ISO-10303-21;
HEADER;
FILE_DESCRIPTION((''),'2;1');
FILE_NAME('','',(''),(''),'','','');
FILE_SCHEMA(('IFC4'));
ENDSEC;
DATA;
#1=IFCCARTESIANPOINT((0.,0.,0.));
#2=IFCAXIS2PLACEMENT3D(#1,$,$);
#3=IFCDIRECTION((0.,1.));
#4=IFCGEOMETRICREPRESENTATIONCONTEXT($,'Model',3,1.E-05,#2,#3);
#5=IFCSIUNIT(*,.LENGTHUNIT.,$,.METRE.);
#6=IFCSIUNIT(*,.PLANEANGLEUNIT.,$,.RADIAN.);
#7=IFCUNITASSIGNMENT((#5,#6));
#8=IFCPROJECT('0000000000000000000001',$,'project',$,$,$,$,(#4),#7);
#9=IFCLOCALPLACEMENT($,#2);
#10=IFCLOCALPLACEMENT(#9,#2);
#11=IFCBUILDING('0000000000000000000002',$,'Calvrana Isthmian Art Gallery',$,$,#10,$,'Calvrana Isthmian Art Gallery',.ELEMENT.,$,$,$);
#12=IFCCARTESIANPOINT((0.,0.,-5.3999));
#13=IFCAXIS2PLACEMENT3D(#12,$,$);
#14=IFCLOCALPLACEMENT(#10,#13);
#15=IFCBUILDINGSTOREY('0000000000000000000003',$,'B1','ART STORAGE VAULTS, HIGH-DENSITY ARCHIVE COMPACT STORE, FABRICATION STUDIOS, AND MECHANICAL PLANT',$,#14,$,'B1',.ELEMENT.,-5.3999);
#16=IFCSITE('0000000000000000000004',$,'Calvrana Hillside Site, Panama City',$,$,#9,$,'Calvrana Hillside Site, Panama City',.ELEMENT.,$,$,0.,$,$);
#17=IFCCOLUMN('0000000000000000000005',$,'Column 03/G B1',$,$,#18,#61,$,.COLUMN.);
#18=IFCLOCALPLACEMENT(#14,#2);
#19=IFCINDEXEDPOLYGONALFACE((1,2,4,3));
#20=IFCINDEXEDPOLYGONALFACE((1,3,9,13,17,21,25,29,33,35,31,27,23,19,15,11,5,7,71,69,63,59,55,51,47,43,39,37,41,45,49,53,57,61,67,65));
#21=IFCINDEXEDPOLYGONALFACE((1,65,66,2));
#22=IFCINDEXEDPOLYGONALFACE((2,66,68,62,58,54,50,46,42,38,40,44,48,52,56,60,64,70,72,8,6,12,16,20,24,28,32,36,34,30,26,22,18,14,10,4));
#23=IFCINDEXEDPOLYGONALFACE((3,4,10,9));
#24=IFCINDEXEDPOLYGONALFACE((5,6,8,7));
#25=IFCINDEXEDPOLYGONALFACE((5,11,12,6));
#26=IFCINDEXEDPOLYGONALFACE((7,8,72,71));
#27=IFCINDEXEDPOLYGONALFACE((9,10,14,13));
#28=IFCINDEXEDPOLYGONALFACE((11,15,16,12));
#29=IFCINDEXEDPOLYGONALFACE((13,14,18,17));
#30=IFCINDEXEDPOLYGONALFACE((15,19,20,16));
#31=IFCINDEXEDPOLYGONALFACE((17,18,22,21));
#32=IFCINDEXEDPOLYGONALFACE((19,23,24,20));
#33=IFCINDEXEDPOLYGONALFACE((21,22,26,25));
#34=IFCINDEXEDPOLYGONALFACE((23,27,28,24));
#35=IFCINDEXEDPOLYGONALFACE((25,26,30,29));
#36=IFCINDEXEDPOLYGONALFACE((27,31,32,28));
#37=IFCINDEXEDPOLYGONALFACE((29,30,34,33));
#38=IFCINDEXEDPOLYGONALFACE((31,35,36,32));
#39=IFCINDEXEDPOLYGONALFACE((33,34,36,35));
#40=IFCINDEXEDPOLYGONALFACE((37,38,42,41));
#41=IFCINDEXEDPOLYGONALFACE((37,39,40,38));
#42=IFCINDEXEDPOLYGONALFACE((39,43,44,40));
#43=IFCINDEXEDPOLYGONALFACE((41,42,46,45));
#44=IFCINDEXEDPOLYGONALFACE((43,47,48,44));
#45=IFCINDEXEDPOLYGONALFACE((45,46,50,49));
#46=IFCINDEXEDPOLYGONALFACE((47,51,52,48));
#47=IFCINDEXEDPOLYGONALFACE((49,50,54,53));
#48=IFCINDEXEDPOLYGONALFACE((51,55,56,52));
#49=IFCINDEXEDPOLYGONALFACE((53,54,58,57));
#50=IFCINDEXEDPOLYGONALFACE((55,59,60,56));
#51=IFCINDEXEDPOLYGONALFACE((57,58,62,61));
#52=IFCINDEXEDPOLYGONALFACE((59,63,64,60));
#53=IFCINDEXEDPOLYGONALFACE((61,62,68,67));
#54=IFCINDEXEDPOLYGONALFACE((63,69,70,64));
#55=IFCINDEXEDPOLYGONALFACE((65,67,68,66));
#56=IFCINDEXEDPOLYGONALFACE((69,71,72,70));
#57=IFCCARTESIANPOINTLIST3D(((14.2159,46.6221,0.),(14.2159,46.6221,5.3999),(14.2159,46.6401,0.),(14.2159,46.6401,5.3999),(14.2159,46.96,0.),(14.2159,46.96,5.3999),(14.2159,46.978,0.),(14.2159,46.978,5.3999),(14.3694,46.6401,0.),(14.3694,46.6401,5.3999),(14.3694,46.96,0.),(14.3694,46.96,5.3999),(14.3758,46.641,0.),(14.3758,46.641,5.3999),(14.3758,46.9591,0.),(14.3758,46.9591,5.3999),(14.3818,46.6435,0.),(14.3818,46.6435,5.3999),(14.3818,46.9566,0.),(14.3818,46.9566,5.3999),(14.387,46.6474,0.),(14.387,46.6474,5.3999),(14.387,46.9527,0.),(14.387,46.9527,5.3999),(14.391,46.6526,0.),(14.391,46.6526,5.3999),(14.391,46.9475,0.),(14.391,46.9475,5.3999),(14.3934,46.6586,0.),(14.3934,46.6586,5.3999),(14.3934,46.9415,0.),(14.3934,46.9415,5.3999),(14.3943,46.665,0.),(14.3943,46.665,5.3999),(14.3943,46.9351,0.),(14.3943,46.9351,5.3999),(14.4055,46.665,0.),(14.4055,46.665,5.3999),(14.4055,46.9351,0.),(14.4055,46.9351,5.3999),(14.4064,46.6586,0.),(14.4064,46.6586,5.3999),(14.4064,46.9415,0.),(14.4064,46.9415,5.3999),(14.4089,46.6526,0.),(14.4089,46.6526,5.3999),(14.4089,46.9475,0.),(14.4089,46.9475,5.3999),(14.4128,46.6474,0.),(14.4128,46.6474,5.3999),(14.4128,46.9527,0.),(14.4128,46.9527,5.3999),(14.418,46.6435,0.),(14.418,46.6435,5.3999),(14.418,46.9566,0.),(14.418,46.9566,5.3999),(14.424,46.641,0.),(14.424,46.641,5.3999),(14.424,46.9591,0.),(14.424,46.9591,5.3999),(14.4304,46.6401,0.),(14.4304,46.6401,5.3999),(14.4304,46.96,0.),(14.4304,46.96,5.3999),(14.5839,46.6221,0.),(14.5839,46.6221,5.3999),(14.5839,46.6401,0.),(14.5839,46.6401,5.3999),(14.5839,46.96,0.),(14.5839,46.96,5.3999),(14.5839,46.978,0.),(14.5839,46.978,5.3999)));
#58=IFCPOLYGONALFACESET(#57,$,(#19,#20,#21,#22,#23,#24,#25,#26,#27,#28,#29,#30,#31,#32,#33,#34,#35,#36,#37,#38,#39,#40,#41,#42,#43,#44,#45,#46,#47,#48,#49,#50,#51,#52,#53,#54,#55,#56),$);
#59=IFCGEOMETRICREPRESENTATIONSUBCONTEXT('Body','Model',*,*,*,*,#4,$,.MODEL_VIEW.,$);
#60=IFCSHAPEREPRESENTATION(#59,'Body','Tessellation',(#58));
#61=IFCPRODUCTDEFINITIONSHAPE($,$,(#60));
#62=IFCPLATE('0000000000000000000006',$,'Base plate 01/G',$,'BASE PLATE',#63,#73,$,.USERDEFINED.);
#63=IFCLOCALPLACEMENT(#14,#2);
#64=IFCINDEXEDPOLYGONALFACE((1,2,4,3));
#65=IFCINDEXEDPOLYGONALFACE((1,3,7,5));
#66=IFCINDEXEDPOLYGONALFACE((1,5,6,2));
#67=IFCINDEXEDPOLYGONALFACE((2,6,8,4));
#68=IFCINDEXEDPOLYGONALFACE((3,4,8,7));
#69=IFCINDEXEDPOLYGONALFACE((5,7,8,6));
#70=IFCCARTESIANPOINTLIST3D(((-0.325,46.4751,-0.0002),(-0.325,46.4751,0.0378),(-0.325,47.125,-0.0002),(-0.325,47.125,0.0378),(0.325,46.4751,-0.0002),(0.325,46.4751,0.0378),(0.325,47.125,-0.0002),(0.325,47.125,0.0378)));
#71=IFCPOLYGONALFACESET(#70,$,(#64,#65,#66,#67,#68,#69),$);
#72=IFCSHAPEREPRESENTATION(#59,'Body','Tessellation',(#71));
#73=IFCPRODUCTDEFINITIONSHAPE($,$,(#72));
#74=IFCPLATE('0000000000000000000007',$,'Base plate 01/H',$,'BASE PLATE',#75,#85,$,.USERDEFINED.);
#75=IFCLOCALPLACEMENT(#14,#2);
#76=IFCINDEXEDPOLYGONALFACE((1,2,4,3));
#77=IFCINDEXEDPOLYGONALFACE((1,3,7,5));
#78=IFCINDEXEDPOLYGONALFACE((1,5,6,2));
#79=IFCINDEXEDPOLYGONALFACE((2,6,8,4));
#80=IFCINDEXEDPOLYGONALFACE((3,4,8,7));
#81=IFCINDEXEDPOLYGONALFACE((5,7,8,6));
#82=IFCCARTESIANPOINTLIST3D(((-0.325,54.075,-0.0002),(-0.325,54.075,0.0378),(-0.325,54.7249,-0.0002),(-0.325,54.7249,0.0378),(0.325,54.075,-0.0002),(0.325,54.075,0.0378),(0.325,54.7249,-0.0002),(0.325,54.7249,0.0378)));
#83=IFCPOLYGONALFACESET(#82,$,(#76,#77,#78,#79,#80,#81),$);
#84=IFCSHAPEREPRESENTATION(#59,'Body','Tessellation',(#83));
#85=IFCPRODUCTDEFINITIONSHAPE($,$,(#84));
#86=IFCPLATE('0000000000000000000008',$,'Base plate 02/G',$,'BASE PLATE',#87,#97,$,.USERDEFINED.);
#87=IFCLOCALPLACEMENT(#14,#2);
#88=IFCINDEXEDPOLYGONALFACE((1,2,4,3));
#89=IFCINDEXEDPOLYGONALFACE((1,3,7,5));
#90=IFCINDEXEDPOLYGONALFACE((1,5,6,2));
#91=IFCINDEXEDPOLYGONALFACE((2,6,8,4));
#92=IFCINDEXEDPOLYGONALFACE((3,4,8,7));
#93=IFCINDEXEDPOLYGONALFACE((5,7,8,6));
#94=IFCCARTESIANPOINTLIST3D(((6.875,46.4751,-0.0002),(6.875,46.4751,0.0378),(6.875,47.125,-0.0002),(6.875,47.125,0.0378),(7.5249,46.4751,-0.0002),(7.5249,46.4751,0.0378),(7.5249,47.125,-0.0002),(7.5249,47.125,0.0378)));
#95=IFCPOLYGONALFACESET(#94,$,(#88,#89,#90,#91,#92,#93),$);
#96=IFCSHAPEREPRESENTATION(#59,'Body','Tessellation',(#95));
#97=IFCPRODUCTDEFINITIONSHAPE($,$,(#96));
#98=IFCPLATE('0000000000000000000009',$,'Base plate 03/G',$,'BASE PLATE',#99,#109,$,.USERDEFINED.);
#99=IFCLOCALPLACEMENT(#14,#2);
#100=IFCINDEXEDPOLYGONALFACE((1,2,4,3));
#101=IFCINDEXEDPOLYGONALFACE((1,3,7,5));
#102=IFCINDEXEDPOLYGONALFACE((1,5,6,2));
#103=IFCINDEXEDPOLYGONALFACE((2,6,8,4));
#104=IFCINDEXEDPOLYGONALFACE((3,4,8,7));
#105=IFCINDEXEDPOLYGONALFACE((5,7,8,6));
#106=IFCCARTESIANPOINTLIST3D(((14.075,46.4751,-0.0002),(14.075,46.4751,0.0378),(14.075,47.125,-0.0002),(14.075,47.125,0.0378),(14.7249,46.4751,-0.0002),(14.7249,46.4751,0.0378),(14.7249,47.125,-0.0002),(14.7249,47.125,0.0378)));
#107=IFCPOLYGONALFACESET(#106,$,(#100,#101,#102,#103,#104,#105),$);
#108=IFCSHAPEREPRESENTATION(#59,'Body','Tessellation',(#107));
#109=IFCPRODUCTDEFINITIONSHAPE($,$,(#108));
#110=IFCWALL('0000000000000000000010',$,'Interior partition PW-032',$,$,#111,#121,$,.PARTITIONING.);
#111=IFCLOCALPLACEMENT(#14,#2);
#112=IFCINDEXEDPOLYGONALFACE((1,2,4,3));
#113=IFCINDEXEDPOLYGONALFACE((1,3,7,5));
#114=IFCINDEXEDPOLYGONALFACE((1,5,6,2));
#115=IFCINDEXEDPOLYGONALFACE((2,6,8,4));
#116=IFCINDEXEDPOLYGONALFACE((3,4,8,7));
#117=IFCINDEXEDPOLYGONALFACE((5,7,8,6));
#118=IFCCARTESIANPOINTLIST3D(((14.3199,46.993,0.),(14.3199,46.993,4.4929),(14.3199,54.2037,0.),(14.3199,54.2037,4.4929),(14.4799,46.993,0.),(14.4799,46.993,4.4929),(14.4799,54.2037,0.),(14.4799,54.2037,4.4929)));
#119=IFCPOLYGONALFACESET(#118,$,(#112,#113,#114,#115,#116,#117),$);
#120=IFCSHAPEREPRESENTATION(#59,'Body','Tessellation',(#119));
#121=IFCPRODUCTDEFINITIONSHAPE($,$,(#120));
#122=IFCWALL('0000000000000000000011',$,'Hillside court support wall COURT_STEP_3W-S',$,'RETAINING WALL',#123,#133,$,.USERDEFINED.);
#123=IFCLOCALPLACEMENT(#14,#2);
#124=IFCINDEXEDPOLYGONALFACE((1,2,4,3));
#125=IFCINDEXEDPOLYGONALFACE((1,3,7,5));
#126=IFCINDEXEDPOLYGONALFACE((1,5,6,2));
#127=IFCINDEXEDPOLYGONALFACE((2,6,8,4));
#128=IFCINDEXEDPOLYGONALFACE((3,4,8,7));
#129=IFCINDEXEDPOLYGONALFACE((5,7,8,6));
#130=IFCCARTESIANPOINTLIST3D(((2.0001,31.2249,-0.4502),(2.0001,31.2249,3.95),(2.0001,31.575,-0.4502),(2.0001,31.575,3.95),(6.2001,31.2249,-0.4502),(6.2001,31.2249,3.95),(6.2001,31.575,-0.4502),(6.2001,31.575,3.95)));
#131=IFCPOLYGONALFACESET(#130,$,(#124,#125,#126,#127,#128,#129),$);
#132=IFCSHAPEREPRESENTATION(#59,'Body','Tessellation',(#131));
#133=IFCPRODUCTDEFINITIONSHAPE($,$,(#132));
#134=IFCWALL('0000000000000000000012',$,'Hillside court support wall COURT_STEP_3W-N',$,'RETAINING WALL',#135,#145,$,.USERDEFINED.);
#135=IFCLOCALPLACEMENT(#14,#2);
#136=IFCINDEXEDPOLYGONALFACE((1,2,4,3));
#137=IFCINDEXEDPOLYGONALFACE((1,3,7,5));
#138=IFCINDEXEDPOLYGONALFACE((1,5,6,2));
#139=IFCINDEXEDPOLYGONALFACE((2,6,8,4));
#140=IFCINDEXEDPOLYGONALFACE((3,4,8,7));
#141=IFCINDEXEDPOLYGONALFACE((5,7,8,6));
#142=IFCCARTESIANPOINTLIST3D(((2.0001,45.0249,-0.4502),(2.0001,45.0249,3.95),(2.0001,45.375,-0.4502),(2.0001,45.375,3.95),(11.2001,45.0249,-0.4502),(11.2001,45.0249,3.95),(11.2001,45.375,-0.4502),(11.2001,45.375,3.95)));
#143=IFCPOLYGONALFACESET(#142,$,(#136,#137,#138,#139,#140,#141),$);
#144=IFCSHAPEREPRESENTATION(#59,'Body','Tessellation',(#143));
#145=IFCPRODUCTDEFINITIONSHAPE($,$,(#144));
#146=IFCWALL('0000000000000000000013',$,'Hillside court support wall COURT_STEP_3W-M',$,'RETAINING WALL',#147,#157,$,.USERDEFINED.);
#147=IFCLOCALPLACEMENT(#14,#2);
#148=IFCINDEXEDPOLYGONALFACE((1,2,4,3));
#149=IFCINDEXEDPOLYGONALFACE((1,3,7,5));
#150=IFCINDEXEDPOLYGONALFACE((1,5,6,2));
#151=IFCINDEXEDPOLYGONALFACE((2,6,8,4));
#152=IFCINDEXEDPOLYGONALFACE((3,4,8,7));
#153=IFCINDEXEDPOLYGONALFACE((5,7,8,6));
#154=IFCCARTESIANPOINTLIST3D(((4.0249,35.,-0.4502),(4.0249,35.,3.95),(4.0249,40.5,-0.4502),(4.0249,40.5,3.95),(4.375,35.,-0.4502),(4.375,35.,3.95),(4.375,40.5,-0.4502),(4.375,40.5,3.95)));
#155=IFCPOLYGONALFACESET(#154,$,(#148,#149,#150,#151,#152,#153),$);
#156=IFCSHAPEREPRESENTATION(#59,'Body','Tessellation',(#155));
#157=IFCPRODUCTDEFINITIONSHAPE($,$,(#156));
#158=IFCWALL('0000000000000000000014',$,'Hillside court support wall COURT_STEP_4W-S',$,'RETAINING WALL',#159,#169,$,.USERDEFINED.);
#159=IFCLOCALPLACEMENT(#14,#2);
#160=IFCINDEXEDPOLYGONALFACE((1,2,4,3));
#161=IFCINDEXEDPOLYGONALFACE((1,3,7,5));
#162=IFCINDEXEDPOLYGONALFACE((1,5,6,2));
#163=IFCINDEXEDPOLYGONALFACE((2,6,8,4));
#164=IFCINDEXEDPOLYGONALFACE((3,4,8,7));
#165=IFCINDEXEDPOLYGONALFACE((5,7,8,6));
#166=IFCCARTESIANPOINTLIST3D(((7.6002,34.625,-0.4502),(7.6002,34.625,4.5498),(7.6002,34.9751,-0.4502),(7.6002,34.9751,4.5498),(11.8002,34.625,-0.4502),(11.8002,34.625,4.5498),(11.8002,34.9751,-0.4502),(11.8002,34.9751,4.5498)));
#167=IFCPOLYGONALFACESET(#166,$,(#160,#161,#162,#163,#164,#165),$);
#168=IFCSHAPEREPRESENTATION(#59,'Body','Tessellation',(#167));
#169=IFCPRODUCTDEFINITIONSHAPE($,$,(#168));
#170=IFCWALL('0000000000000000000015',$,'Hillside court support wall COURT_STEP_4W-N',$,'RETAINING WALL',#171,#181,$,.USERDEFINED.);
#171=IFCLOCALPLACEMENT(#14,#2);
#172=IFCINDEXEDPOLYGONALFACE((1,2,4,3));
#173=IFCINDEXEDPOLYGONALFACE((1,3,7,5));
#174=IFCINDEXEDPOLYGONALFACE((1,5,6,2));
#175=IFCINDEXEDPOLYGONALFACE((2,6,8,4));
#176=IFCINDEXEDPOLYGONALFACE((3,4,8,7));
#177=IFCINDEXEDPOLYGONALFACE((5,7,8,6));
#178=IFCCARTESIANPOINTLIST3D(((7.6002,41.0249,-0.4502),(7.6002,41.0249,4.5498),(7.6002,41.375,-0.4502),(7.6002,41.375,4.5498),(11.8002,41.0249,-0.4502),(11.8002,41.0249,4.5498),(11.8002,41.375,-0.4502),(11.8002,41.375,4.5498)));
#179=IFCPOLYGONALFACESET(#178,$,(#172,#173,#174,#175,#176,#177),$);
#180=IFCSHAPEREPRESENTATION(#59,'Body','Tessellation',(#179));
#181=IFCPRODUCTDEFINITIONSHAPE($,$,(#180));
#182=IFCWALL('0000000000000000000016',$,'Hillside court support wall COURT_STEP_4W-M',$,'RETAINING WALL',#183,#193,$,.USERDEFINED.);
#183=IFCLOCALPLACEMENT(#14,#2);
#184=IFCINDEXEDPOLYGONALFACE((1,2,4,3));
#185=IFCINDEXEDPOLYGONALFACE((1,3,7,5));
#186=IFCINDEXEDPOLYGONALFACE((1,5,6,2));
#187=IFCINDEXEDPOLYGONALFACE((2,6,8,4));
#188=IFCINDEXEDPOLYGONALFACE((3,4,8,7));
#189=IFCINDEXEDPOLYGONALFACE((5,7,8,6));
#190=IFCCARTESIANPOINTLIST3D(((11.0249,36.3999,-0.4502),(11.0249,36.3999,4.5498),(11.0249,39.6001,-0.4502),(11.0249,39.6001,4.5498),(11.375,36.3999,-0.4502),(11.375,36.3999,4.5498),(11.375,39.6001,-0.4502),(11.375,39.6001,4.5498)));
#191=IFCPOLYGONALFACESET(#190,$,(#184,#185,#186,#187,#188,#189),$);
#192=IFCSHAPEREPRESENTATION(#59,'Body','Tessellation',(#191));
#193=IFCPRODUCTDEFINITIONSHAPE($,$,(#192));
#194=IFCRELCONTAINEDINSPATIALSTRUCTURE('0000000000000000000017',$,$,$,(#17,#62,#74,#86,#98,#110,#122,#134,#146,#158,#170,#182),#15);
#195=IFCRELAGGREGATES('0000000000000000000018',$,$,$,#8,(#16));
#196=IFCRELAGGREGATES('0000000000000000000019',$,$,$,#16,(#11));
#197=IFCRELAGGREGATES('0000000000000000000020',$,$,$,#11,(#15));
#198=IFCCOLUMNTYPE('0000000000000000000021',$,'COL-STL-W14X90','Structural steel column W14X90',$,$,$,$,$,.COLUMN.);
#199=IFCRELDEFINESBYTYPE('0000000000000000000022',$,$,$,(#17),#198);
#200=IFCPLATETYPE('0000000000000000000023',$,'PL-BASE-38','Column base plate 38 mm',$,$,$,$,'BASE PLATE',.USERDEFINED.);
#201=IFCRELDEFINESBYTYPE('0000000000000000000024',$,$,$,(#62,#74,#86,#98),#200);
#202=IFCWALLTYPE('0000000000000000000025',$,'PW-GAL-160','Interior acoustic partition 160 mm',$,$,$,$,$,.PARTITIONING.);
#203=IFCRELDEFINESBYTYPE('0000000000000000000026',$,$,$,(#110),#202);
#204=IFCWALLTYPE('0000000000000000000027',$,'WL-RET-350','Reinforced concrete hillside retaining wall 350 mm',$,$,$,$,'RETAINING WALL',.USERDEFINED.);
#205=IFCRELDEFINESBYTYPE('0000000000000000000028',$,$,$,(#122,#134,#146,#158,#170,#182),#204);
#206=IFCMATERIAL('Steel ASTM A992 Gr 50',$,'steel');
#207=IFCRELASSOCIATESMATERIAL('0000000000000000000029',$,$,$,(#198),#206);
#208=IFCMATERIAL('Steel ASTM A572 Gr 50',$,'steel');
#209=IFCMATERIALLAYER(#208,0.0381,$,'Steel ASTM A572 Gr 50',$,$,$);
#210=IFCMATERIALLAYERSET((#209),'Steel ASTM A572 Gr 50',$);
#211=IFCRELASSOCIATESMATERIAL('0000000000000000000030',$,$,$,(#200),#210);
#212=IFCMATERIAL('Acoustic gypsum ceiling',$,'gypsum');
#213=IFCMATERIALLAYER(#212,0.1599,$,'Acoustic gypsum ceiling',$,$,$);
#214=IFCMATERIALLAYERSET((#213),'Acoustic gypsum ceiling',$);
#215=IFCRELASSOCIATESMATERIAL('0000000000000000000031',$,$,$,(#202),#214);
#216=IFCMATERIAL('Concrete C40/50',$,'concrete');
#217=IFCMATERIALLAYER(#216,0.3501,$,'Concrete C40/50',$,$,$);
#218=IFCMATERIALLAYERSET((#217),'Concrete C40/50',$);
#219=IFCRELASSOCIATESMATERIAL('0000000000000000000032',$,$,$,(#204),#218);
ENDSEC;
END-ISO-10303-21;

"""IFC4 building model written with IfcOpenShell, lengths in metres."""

from ifc_helpers import new_model, si_unit, direction, frame, frame_2d, origin, origin_2d, place, context, subcontext, project, spatial, rectangle, i_section, extrude, material, layer, layer_set, material_profile, profile_set, type_object, element, save


model = new_model("IFC4")

# Units and contexts
model_context = context("Model", 3, precision=1e-05, world=origin(), true_north=direction((0.0, 1.0)))
body_context = subcontext(model_context, "Body", "Model", "MODEL_VIEW")
ifc_project = project(units=[si_unit("LENGTHUNIT", "METRE"), si_unit("PLANEANGLEUNIT", "RADIAN")], contexts=[model_context])

# Site, building, storey
site_placement = place(None, origin())
site = spatial("IfcSite", under=ifc_project, at=site_placement, Name="Calvrana Hillside Site, Panama City", LongName="Calvrana Hillside Site, Panama City", CompositionType="ELEMENT", RefElevation=0.0)
building_placement = place(site_placement, origin())
building = spatial("IfcBuilding", under=site, at=building_placement, Name="Calvrana Isthmian Art Gallery", LongName="Calvrana Isthmian Art Gallery", CompositionType="ELEMENT")
storey_placement = place(building_placement, frame((0.0, 0.0, -5.3999)))
storey = spatial("IfcBuildingStorey", under=building, at=storey_placement, Name="B1", Description="ART STORAGE VAULTS, HIGH-DENSITY ARCHIVE COMPACT STORE, FABRICATION STUDIOS, AND MECHANICAL PLANT", LongName="B1", CompositionType="ELEMENT", Elevation=-5.3999)

# Column
ifc_material_1 = material(Name="Steel ASTM A992 Gr 50", Category="steel")
ifc_material_profile_1 = material_profile(ifc_material_1, i_section(OverallWidth=0.3679, OverallDepth=0.356, WebThickness=0.0112, FlangeThickness=0.0181, FilletRadius=0.0249, at=origin_2d()), Name="W14X90")
ifc_profile_set_1 = profile_set([ifc_material_profile_1], Name="Steel ASTM A992 Gr 50")
column_type_1 = type_object("IfcColumnType", Name="COL-STL-W14X90", Description="Structural steel column W14X90", PredefinedType="COLUMN", material=ifc_profile_set_1)
column_1_placement = place(storey_placement, frame((14.3999, 46.8, 0.0), z_axis=(0.0, 0.0, 1.0), x_axis=(1.0, 0.0, 0.0)))
element("IfcColumn", 1, at=column_1_placement, inside=storey, type_object=column_type_1, Name="Column 03/G B1", PredefinedType="COLUMN", context=body_context, shape_type="SweptSolid", body=[
    extrude(i_section(OverallWidth=0.3679, OverallDepth=0.356, WebThickness=0.0112, FlangeThickness=0.0181, FilletRadius=0.0249, at=origin_2d()), origin(), (0.0, 0.0, 1.0), 5.3999),
])

# Plates
ifc_material_2 = material(Name="Steel ASTM A572 Gr 50", Category="steel")
ifc_layer_1 = layer(ifc_material_2, 0.0381, Name="Steel ASTM A572 Gr 50")
ifc_layer_set_1 = layer_set([ifc_layer_1], Name="Steel ASTM A572 Gr 50")
plate_type = type_object("IfcPlateType", Name="PL-BASE-38", Description="Column base plate 38 mm", ElementType="BASE PLATE", PredefinedType="USERDEFINED", material=ifc_layer_set_1)
for number, where, z_axis, x_axis, name in (
    (2, (0.0, 46.8, -0.0002), (0.0, 0.0, 1.0), (1.0, 0.0, 0.0), "Base plate 01/G"),
    (3, (0.0, 54.3999, -0.0002), (0.0, 0.0, 1.0), (1.0, 0.0, 0.0), "Base plate 01/H"),
    (4, (7.2, 46.8, -0.0002), (0.0, 0.0, 1.0), (1.0, 0.0, 0.0), "Base plate 02/G"),
    (5, (14.3999, 46.8, -0.0002), (0.0, 0.0, 1.0), (1.0, 0.0, 0.0), "Base plate 03/G"),
):
    element("IfcPlate", number, at=place(storey_placement, frame(where, z_axis=z_axis, x_axis=x_axis)), inside=storey, type_object=plate_type, Name=name, ObjectType="BASE PLATE", PredefinedType="USERDEFINED", context=body_context, shape_type="SweptSolid", body=[
        extrude(rectangle(XDim=0.6499, YDim=0.6499, at=origin_2d()), origin(), (0.0, 0.0, 1.0), 0.0381),
    ])

# Walls
ifc_material_3 = material(Name="Acoustic gypsum ceiling", Category="gypsum")
ifc_layer_2 = layer(ifc_material_3, 0.1599, Name="Acoustic gypsum ceiling")
ifc_layer_set_2 = layer_set([ifc_layer_2], Name="Acoustic gypsum ceiling")
wall_type_1 = type_object("IfcWallType", Name="PW-GAL-160", Description="Interior acoustic partition 160 mm", PredefinedType="PARTITIONING", material=ifc_layer_set_2)
wall_1_placement = place(storey_placement, frame((14.3999, 46.9929, 0.0), z_axis=(0.0, 0.0, 1.0), x_axis=(0.0, 1.0, 0.0)))
element("IfcWall", 6, at=wall_1_placement, inside=storey, type_object=wall_type_1, Name="Interior partition PW-032", PredefinedType="PARTITIONING", context=body_context, shape_type="SweptSolid", body=[
    extrude(rectangle(XDim=7.2107, YDim=0.1599, at=frame_2d((3.6055, 0.0))), origin(), (0.0, 0.0, 1.0), 4.4929),
])
ifc_material_4 = material(Name="Concrete C40/50", Category="concrete")
ifc_layer_3 = layer(ifc_material_4, 0.3501, Name="Concrete C40/50")
ifc_layer_set_3 = layer_set([ifc_layer_3], Name="Concrete C40/50")
wall_type_2 = type_object("IfcWallType", Name="WL-RET-350", Description="Reinforced concrete hillside retaining wall 350 mm", ElementType="RETAINING WALL", PredefinedType="USERDEFINED", material=ifc_layer_set_3)
wall_2_placement = place(storey_placement, frame((2.0, 31.3999, -0.4502), z_axis=(0.0, 0.0, 1.0), x_axis=(1.0, 0.0, 0.0)))
element("IfcWall", 7, at=wall_2_placement, inside=storey, type_object=wall_type_2, Name="Hillside court support wall COURT_STEP_3W-S", ObjectType="RETAINING WALL", PredefinedType="USERDEFINED", context=body_context, shape_type="SweptSolid", body=[
    extrude(rectangle(XDim=4.2, YDim=0.3501, at=frame_2d((2.1001, 0.0))), origin(), (0.0, 0.0, 1.0), 4.4001),
])
wall_3_placement = place(storey_placement, frame((2.0, 45.2, -0.4502), z_axis=(0.0, 0.0, 1.0), x_axis=(1.0, 0.0, 0.0)))
element("IfcWall", 8, at=wall_3_placement, inside=storey, type_object=wall_type_2, Name="Hillside court support wall COURT_STEP_3W-N", ObjectType="RETAINING WALL", PredefinedType="USERDEFINED", context=body_context, shape_type="SweptSolid", body=[
    extrude(rectangle(XDim=9.2, YDim=0.3501, at=frame_2d((4.6001, 0.0))), origin(), (0.0, 0.0, 1.0), 4.4001),
])
wall_4_placement = place(storey_placement, frame((4.2, 35.0, -0.4502), z_axis=(0.0, 0.0, 1.0), x_axis=(0.0, 1.0, 0.0)))
element("IfcWall", 9, at=wall_4_placement, inside=storey, type_object=wall_type_2, Name="Hillside court support wall COURT_STEP_3W-M", ObjectType="RETAINING WALL", PredefinedType="USERDEFINED", context=body_context, shape_type="SweptSolid", body=[
    extrude(rectangle(XDim=5.5, YDim=0.3501, at=frame_2d((2.75, 0.0))), origin(), (0.0, 0.0, 1.0), 4.4001),
])
for number, where, z_axis, x_axis, name in (
    (10, (7.6001, 34.8, -0.4502), (0.0, 0.0, 1.0), (1.0, 0.0, 0.0), "Hillside court support wall COURT_STEP_4W-S"),
    (11, (7.6001, 41.2, -0.4502), (0.0, 0.0, 1.0), (1.0, 0.0, 0.0), "Hillside court support wall COURT_STEP_4W-N"),
):
    element("IfcWall", number, at=place(storey_placement, frame(where, z_axis=z_axis, x_axis=x_axis)), inside=storey, type_object=wall_type_2, Name=name, ObjectType="RETAINING WALL", PredefinedType="USERDEFINED", context=body_context, shape_type="SweptSolid", body=[
        extrude(rectangle(XDim=4.2, YDim=0.3501, at=frame_2d((2.1001, 0.0))), origin(), (0.0, 0.0, 1.0), 5.0),
    ])
wall_5_placement = place(storey_placement, frame((11.2, 36.3999, -0.4502), z_axis=(0.0, 0.0, 1.0), x_axis=(0.0, 1.0, 0.0)))
element("IfcWall", 12, at=wall_5_placement, inside=storey, type_object=wall_type_2, Name="Hillside court support wall COURT_STEP_4W-M", ObjectType="RETAINING WALL", PredefinedType="USERDEFINED", context=body_context, shape_type="SweptSolid", body=[
    extrude(rectangle(XDim=3.2002, YDim=0.3501, at=frame_2d((1.6001, 0.0))), origin(), (0.0, 0.0, 1.0), 5.0),
])

save(model, "model.ifc")
